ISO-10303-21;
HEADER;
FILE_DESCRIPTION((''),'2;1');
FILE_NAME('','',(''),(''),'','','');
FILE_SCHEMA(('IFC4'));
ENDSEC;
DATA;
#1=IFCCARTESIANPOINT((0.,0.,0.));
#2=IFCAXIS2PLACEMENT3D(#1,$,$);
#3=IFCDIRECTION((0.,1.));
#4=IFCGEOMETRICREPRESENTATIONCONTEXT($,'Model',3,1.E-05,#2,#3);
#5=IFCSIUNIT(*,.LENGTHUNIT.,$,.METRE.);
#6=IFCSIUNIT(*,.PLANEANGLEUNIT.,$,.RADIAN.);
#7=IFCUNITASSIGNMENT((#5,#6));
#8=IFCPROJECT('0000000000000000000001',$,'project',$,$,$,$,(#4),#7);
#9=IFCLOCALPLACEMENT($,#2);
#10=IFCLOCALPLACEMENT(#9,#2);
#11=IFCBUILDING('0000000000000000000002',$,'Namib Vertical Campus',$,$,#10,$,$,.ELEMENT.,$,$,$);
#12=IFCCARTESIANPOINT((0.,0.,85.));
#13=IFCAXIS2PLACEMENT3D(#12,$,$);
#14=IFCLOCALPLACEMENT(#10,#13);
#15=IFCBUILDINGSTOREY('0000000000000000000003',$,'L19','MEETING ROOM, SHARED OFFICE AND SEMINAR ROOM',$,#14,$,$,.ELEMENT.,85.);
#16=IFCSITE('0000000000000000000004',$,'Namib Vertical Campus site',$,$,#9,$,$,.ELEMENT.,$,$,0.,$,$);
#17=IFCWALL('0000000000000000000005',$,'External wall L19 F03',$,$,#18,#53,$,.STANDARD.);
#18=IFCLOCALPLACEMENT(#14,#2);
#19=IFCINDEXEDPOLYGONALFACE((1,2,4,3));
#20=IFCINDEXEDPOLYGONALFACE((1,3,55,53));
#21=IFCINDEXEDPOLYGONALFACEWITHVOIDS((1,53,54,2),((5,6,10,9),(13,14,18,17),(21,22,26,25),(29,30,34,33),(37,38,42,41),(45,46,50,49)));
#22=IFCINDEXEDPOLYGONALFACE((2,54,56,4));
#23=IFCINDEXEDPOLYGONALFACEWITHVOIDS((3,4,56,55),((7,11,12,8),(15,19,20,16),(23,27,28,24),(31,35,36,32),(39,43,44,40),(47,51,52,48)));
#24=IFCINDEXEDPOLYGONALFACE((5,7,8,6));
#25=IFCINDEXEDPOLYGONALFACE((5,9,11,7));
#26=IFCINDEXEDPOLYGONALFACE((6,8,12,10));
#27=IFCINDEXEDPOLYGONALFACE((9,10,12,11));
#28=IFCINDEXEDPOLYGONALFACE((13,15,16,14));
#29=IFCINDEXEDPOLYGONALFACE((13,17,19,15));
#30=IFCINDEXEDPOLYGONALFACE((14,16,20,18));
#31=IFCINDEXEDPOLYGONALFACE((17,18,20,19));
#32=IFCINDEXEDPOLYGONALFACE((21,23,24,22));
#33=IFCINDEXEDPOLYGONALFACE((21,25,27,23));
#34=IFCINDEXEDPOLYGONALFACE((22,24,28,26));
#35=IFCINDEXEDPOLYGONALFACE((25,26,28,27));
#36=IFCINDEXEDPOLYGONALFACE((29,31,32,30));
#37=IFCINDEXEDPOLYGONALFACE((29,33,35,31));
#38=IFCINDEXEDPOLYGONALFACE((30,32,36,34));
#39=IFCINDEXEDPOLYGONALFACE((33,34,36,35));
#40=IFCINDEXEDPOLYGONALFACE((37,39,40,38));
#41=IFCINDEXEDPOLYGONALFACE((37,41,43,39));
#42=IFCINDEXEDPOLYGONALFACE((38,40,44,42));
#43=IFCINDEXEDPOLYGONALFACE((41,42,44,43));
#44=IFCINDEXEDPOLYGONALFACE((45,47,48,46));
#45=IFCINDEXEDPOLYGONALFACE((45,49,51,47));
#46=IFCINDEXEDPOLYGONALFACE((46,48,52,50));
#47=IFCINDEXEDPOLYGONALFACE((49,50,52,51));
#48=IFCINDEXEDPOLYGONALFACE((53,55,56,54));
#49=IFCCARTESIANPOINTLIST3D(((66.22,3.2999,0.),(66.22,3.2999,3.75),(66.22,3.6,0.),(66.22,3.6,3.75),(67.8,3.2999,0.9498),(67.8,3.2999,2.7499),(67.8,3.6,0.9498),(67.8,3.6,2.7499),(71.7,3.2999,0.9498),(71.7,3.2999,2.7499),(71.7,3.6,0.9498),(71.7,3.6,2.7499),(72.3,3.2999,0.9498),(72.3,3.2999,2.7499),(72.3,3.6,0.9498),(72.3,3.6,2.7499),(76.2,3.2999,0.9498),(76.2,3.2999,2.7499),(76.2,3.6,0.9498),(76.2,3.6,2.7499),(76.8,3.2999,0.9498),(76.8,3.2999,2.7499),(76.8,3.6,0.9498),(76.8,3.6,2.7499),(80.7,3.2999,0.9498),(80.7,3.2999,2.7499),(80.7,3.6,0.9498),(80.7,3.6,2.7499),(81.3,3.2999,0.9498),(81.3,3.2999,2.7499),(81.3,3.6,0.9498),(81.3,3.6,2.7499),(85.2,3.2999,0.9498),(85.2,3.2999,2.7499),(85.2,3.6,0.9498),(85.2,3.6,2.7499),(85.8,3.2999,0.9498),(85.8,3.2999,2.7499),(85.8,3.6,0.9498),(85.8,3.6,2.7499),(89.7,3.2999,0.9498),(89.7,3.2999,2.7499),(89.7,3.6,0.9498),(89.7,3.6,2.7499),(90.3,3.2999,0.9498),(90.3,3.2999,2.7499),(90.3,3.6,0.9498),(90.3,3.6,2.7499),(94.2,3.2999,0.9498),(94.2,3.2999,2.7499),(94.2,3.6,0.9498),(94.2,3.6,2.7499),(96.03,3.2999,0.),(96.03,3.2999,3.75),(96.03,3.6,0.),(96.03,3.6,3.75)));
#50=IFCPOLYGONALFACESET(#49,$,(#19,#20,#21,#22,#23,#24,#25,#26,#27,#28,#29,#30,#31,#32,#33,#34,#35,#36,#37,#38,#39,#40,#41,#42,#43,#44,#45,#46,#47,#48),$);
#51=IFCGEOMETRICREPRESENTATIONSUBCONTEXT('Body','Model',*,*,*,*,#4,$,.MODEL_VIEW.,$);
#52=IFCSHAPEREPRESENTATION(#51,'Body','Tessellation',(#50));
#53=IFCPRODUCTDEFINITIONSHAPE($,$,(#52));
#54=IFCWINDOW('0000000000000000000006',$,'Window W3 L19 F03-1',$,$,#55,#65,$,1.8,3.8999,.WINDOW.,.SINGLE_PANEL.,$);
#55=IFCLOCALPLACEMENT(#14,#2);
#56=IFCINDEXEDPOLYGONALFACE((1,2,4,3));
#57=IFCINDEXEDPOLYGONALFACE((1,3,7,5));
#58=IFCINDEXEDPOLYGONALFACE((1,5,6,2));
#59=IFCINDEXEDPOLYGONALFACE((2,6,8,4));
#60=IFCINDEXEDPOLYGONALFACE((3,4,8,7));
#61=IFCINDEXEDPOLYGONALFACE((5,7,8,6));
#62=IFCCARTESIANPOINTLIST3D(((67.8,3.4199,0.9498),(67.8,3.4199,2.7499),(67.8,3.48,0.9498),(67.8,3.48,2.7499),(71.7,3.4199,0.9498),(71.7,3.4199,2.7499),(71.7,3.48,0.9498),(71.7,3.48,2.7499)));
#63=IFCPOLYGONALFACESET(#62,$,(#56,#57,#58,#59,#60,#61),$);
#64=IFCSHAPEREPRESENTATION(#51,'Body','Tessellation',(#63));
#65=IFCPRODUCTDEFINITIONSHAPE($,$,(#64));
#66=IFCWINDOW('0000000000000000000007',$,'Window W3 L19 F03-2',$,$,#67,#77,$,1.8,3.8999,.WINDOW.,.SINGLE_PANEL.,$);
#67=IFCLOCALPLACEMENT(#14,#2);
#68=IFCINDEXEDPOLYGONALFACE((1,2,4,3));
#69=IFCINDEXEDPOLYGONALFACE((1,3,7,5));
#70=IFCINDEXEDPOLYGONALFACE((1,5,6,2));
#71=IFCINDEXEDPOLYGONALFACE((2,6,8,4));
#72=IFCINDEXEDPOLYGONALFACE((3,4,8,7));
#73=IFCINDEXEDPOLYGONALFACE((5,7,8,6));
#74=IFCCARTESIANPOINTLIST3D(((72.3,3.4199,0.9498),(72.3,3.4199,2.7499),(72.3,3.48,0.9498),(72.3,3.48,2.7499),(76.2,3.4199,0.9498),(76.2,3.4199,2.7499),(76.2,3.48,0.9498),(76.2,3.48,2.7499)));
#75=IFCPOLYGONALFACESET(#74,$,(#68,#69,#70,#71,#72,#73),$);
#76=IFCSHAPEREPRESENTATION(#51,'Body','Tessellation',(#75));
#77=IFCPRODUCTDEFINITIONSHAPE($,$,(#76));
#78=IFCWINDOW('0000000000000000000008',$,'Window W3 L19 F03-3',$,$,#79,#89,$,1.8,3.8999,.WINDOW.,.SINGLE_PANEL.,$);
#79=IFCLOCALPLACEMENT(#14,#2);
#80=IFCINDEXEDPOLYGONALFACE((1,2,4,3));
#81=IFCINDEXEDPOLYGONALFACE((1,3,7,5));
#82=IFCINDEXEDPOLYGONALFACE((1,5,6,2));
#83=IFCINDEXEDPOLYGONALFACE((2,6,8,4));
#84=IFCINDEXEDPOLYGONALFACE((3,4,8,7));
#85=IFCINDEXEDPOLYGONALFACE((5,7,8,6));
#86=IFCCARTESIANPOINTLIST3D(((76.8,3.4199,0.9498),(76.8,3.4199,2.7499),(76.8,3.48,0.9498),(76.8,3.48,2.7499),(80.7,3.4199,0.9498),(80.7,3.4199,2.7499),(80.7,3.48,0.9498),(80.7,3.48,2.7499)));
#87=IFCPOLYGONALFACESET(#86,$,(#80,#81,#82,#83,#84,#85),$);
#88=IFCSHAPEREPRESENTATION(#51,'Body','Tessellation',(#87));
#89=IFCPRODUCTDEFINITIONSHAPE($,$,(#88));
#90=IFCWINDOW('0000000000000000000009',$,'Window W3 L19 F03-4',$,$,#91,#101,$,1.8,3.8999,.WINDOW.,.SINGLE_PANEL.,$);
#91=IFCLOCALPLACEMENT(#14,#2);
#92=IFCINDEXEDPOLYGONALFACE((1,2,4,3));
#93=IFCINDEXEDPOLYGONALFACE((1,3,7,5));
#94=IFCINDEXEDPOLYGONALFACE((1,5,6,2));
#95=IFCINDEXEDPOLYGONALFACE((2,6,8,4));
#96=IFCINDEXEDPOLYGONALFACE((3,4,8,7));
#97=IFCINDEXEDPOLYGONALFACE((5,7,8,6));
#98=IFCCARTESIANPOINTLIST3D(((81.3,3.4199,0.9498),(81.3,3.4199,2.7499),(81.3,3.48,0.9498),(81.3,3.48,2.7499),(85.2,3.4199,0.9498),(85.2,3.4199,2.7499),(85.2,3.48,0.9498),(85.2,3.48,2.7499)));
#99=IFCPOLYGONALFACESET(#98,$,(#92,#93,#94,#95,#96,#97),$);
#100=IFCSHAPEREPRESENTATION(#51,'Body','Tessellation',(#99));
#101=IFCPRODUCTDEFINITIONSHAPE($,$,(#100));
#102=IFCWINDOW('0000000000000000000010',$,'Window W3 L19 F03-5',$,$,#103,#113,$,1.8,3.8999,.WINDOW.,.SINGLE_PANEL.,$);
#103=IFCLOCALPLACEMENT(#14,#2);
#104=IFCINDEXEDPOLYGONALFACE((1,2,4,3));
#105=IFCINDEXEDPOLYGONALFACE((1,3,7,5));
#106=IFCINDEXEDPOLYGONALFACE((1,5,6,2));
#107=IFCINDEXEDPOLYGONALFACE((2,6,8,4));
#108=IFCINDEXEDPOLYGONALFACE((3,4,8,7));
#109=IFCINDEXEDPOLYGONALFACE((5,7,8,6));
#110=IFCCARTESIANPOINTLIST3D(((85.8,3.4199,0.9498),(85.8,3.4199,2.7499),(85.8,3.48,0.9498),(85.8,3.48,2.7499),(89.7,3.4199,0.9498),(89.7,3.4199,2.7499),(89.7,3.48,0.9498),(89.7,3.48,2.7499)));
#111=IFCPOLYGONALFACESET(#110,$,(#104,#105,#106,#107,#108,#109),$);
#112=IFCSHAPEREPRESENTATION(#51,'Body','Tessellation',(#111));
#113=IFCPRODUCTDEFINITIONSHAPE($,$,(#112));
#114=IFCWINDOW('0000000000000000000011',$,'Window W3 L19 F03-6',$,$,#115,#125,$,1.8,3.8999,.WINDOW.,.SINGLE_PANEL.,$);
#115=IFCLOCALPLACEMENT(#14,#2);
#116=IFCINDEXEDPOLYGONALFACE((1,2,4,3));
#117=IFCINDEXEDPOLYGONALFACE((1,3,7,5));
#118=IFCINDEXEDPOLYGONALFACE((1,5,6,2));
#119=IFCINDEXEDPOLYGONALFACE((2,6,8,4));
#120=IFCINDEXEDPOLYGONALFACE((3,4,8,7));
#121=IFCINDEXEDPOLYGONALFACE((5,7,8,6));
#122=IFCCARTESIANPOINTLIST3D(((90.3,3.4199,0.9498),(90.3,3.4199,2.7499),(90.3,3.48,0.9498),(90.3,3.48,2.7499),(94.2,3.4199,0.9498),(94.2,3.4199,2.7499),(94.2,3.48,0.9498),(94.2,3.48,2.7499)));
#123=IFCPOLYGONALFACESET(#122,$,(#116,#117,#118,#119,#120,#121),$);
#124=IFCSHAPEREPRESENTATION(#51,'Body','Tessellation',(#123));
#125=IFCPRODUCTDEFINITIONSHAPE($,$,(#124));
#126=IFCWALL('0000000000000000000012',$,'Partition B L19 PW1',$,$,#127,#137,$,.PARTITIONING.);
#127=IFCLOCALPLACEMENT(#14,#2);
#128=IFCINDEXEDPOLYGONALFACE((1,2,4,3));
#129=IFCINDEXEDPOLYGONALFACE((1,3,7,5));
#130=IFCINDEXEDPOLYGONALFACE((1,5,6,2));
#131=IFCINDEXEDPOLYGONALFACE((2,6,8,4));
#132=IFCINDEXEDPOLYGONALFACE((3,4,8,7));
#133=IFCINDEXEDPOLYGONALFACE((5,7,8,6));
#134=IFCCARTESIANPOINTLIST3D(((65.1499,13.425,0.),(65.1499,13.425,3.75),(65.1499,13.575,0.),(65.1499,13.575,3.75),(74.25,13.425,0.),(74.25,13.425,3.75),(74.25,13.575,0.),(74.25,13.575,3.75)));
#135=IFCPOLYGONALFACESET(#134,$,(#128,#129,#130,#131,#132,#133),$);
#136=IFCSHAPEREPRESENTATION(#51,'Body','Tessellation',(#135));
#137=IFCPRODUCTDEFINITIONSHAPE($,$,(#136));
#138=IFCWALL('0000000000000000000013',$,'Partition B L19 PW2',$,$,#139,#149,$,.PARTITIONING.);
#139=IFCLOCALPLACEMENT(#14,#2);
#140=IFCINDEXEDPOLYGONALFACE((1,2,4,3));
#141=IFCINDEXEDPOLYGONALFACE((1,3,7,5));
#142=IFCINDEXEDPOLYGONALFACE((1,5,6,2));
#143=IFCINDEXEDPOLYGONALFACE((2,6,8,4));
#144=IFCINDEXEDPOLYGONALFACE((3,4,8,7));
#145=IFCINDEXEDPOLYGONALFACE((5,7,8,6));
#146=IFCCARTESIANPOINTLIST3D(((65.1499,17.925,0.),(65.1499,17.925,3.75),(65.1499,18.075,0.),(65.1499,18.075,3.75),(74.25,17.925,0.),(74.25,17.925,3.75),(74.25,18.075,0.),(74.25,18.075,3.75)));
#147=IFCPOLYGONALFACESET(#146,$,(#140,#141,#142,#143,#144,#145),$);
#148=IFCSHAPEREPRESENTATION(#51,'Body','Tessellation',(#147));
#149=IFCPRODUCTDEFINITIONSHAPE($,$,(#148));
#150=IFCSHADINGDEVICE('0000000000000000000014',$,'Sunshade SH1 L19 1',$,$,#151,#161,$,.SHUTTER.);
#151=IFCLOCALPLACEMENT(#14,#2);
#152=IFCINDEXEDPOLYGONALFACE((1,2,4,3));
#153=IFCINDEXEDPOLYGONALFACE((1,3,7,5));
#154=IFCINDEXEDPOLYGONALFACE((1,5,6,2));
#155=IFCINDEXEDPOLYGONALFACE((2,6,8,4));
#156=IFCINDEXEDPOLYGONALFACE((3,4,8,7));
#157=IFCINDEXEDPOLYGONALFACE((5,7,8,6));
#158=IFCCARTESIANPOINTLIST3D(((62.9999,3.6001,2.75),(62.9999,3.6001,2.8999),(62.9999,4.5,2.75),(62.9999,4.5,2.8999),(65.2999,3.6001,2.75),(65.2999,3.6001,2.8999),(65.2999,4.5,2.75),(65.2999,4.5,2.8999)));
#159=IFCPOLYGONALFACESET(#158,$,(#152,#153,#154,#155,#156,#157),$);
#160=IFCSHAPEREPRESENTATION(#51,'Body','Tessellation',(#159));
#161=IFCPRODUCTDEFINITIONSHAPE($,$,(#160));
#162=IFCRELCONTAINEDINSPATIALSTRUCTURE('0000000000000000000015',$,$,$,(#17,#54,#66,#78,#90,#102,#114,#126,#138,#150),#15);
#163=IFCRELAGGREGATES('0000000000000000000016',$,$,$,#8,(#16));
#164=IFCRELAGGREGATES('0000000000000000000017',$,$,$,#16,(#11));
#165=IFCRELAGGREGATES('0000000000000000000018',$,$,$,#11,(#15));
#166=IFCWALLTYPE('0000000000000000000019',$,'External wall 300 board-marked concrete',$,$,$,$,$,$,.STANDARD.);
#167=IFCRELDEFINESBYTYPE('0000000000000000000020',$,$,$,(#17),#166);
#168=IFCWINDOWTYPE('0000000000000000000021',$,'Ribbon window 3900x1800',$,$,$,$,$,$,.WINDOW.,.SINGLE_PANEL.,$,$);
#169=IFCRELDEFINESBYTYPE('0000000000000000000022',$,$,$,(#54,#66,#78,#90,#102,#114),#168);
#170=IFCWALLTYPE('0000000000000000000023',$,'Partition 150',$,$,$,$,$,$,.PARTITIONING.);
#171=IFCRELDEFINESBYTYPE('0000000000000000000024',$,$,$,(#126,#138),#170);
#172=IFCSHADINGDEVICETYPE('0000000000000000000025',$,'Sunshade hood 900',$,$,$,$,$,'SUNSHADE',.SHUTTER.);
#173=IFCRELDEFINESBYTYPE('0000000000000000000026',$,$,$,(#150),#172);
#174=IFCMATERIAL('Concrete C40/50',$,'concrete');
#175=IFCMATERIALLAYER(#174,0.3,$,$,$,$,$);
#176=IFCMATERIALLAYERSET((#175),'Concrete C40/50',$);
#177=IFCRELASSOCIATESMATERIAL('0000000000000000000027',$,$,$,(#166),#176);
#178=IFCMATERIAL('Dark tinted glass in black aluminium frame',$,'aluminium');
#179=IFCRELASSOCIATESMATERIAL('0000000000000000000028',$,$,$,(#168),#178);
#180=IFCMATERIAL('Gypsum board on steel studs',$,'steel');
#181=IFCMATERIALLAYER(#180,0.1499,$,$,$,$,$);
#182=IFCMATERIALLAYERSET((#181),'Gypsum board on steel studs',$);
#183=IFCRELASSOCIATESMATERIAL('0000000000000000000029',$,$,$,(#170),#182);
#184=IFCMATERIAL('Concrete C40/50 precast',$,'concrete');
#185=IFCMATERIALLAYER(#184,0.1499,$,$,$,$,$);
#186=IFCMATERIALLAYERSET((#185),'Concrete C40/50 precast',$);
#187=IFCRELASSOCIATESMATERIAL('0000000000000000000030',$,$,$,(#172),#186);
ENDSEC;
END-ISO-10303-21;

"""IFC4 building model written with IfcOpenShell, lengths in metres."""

from ifc_helpers import new_model, si_unit, direction, frame, frame_2d, origin, origin_2d, place, context, subcontext, project, spatial, rectangle, extrude, material, layer, layer_set, type_object, element, fill, save


model = new_model("IFC4")

# Units and contexts
model_context = context("Model", 3, precision=1e-05, world=origin(), true_north=direction((0.0, 1.0)))
body_context = subcontext(model_context, "Body", "Model", "MODEL_VIEW")
ifc_project = project(units=[si_unit("LENGTHUNIT", "METRE"), si_unit("PLANEANGLEUNIT", "RADIAN")], contexts=[model_context])

# Site, building, storey
site_placement = place(None, origin())
site = spatial("IfcSite", under=ifc_project, at=site_placement, Name="Namib Vertical Campus site", CompositionType="ELEMENT", RefElevation=0.0)
building_placement = place(site_placement, origin())
building = spatial("IfcBuilding", under=site, at=building_placement, Name="Namib Vertical Campus", CompositionType="ELEMENT")
storey_placement = place(building_placement, frame((0.0, 0.0, 85.0)))
storey = spatial("IfcBuildingStorey", under=building, at=storey_placement, Name="L19", Description="MEETING ROOM, SHARED OFFICE AND SEMINAR ROOM", CompositionType="ELEMENT", Elevation=85.0)

# Shared definitions
ifc_material_1 = material(Name="Concrete C40/50", Category="concrete")
ifc_layer_1 = layer(ifc_material_1, 0.3)
ifc_layer_set_1 = layer_set([ifc_layer_1], Name="Concrete C40/50")
wall_type_1 = type_object("IfcWallType", Name="External wall 300 board-marked concrete", PredefinedType="STANDARD", material=ifc_layer_set_1)
ifc_material_2 = material(Name="Dark tinted glass in black aluminium frame", Category="aluminium")
window_type = type_object("IfcWindowType", Name="Ribbon window 3900x1800", PartitioningType="SINGLE_PANEL", PredefinedType="WINDOW", material=ifc_material_2)

# Wall, openings, windows
wall_1_placement = place(storey_placement, frame((66.22, 3.45, 0.0), z_axis=(0.0, 0.0, 1.0), x_axis=(1.0, 0.0, 0.0)))
wall_1 = element("IfcWall", 1, at=wall_1_placement, inside=storey, type_object=wall_type_1, Name="External wall L19 F03", PredefinedType="STANDARD", context=body_context, shape_type="SweptSolid", body=[
    extrude(rectangle(XDim=29.8101, YDim=0.3, at=frame_2d((14.905, 0.0))), origin(), (0.0, 0.0, 1.0), 3.75),
])
opening_1_placement = place(wall_1_placement, frame((1.5801, 0.0, 0.95)))
opening_1 = element("IfcOpeningElement", 2, at=opening_1_placement, cuts=wall_1, PredefinedType="OPENING", context=body_context, shape_type="SweptSolid", body=[
    extrude(rectangle(XDim=3.8999, YDim=1.8, at=frame_2d((1.95, 0.8999))), frame((0.0, 0.1599, 0.0), z_axis=(0.0, -1.0, 0.0), x_axis=(1.0, 0.0, 0.0)), (0.0, 0.0, 1.0), 0.3201),
])
opening_2_placement = place(wall_1_placement, frame((6.0801, 0.0, 0.95)))
opening_2 = element("IfcOpeningElement", 3, at=opening_2_placement, cuts=wall_1, PredefinedType="OPENING", context=body_context, shape_type="SweptSolid", body=[
    extrude(rectangle(XDim=3.8999, YDim=1.8, at=frame_2d((1.95, 0.8999))), frame((0.0, 0.1599, 0.0), z_axis=(0.0, -1.0, 0.0), x_axis=(1.0, 0.0, 0.0)), (0.0, 0.0, 1.0), 0.3201),
])
opening_3_placement = place(wall_1_placement, frame((10.5801, 0.0, 0.95)))
opening_3 = element("IfcOpeningElement", 4, at=opening_3_placement, cuts=wall_1, PredefinedType="OPENING", context=body_context, shape_type="SweptSolid", body=[
    extrude(rectangle(XDim=3.8999, YDim=1.8, at=frame_2d((1.95, 0.8999))), frame((0.0, 0.1599, 0.0), z_axis=(0.0, -1.0, 0.0), x_axis=(1.0, 0.0, 0.0)), (0.0, 0.0, 1.0), 0.3201),
])
opening_4_placement = place(wall_1_placement, frame((15.0801, 0.0, 0.95)))
opening_4 = element("IfcOpeningElement", 5, at=opening_4_placement, cuts=wall_1, PredefinedType="OPENING", context=body_context, shape_type="SweptSolid", body=[
    extrude(rectangle(XDim=3.8999, YDim=1.8, at=frame_2d((1.95, 0.8999))), frame((0.0, 0.1599, 0.0), z_axis=(0.0, -1.0, 0.0), x_axis=(1.0, 0.0, 0.0)), (0.0, 0.0, 1.0), 0.3201),
])
opening_5_placement = place(wall_1_placement, frame((19.5801, 0.0, 0.95)))
opening_5 = element("IfcOpeningElement", 6, at=opening_5_placement, cuts=wall_1, PredefinedType="OPENING", context=body_context, shape_type="SweptSolid", body=[
    extrude(rectangle(XDim=3.8999, YDim=1.8, at=frame_2d((1.95, 0.8999))), frame((0.0, 0.1599, 0.0), z_axis=(0.0, -1.0, 0.0), x_axis=(1.0, 0.0, 0.0)), (0.0, 0.0, 1.0), 0.3201),
])
opening_6_placement = place(wall_1_placement, frame((24.0801, 0.0, 0.95)))
opening_6 = element("IfcOpeningElement", 7, at=opening_6_placement, cuts=wall_1, PredefinedType="OPENING", context=body_context, shape_type="SweptSolid", body=[
    extrude(rectangle(XDim=3.8999, YDim=1.8, at=frame_2d((1.95, 0.8999))), frame((0.0, 0.1599, 0.0), z_axis=(0.0, -1.0, 0.0), x_axis=(1.0, 0.0, 0.0)), (0.0, 0.0, 1.0), 0.3201),
])
window_1_placement = place(opening_1_placement, origin())
window_1 = element("IfcWindow", 8, at=window_1_placement, inside=storey, type_object=window_type, Name="Window W3 L19 F03-1", OverallHeight=1.8, OverallWidth=3.8999, PartitioningType="SINGLE_PANEL", PredefinedType="WINDOW", context=body_context, shape_type="SweptSolid", body=[
    extrude(rectangle(XDim=3.8999, YDim=1.8, at=frame_2d((1.95, 0.8999))), frame((0.0, 0.03, 0.0), z_axis=(0.0, -1.0, 0.0), x_axis=(1.0, 0.0, 0.0)), (0.0, 0.0, 1.0), 0.0601),
])
fill(opening_1, window_1)
window_2_placement = place(opening_2_placement, origin())
window_2 = element("IfcWindow", 9, at=window_2_placement, inside=storey, type_object=window_type, Name="Window W3 L19 F03-2", OverallHeight=1.8, OverallWidth=3.8999, PartitioningType="SINGLE_PANEL", PredefinedType="WINDOW", context=body_context, shape_type="SweptSolid", body=[
    extrude(rectangle(XDim=3.8999, YDim=1.8, at=frame_2d((1.95, 0.8999))), frame((0.0, 0.03, 0.0), z_axis=(0.0, -1.0, 0.0), x_axis=(1.0, 0.0, 0.0)), (0.0, 0.0, 1.0), 0.0601),
])
fill(opening_2, window_2)
window_3_placement = place(opening_3_placement, origin())
window_3 = element("IfcWindow", 10, at=window_3_placement, inside=storey, type_object=window_type, Name="Window W3 L19 F03-3", OverallHeight=1.8, OverallWidth=3.8999, PartitioningType="SINGLE_PANEL", PredefinedType="WINDOW", context=body_context, shape_type="SweptSolid", body=[
    extrude(rectangle(XDim=3.8999, YDim=1.8, at=frame_2d((1.95, 0.8999))), frame((0.0, 0.03, 0.0), z_axis=(0.0, -1.0, 0.0), x_axis=(1.0, 0.0, 0.0)), (0.0, 0.0, 1.0), 0.0601),
])
fill(opening_3, window_3)
window_4_placement = place(opening_4_placement, origin())
window_4 = element("IfcWindow", 11, at=window_4_placement, inside=storey, type_object=window_type, Name="Window W3 L19 F03-4", OverallHeight=1.8, OverallWidth=3.8999, PartitioningType="SINGLE_PANEL", PredefinedType="WINDOW", context=body_context, shape_type="SweptSolid", body=[
    extrude(rectangle(XDim=3.8999, YDim=1.8, at=frame_2d((1.95, 0.8999))), frame((0.0, 0.03, 0.0), z_axis=(0.0, -1.0, 0.0), x_axis=(1.0, 0.0, 0.0)), (0.0, 0.0, 1.0), 0.0601),
])
fill(opening_4, window_4)
window_5_placement = place(opening_5_placement, origin())
window_5 = element("IfcWindow", 12, at=window_5_placement, inside=storey, type_object=window_type, Name="Window W3 L19 F03-5", OverallHeight=1.8, OverallWidth=3.8999, PartitioningType="SINGLE_PANEL", PredefinedType="WINDOW", context=body_context, shape_type="SweptSolid", body=[
    extrude(rectangle(XDim=3.8999, YDim=1.8, at=frame_2d((1.95, 0.8999))), frame((0.0, 0.03, 0.0), z_axis=(0.0, -1.0, 0.0), x_axis=(1.0, 0.0, 0.0)), (0.0, 0.0, 1.0), 0.0601),
])
fill(opening_5, window_5)
window_6_placement = place(opening_6_placement, origin())
window_6 = element("IfcWindow", 13, at=window_6_placement, inside=storey, type_object=window_type, Name="Window W3 L19 F03-6", OverallHeight=1.8, OverallWidth=3.8999, PartitioningType="SINGLE_PANEL", PredefinedType="WINDOW", context=body_context, shape_type="SweptSolid", body=[
    extrude(rectangle(XDim=3.8999, YDim=1.8, at=frame_2d((1.95, 0.8999))), frame((0.0, 0.03, 0.0), z_axis=(0.0, -1.0, 0.0), x_axis=(1.0, 0.0, 0.0)), (0.0, 0.0, 1.0), 0.0601),
])
fill(opening_6, window_6)

# Walls
ifc_material_3 = material(Name="Gypsum board on steel studs", Category="steel")
ifc_layer_2 = layer(ifc_material_3, 0.1499)
ifc_layer_set_2 = layer_set([ifc_layer_2], Name="Gypsum board on steel studs")
wall_type_2 = type_object("IfcWallType", Name="Partition 150", PredefinedType="PARTITIONING", material=ifc_layer_set_2)
for number, where, z_axis, x_axis, name in (
    (14, (65.1499, 13.5, 0.0), (0.0, 0.0, 1.0), (1.0, 0.0, 0.0), "Partition B L19 PW1"),
    (15, (65.1499, 18.0, 0.0), (0.0, 0.0, 1.0), (1.0, 0.0, 0.0), "Partition B L19 PW2"),
):
    element("IfcWall", number, at=place(storey_placement, frame(where, z_axis=z_axis, x_axis=x_axis)), inside=storey, type_object=wall_type_2, Name=name, PredefinedType="PARTITIONING", context=body_context, shape_type="SweptSolid", body=[
        extrude(rectangle(XDim=9.1001, YDim=0.1499, at=frame_2d((4.55, 0.0))), origin(), (0.0, 0.0, 1.0), 3.75),
    ])

# Shading device
ifc_material_4 = material(Name="Concrete C40/50 precast", Category="concrete")
ifc_layer_3 = layer(ifc_material_4, 0.1499)
ifc_layer_set_3 = layer_set([ifc_layer_3], Name="Concrete C40/50 precast")
shading_device_type = type_object("IfcShadingDeviceType", Name="Sunshade hood 900", ElementType="SUNSHADE", PredefinedType="SHUTTER", material=ifc_layer_set_3)
shading_device_placement = place(storey_placement, frame((64.1499, 4.05, 2.75), z_axis=(0.0, 0.0, 1.0), x_axis=(1.0, 0.0, 0.0)))
element("IfcShadingDevice", 16, at=shading_device_placement, inside=storey, type_object=shading_device_type, Name="Sunshade SH1 L19 1", PredefinedType="SHUTTER", context=body_context, shape_type="SweptSolid", body=[
    extrude(rectangle(XDim=2.3, YDim=0.8999, at=origin_2d()), origin(), (0.0, 0.0, 1.0), 0.1499),
])

save(model, "model.ifc")
